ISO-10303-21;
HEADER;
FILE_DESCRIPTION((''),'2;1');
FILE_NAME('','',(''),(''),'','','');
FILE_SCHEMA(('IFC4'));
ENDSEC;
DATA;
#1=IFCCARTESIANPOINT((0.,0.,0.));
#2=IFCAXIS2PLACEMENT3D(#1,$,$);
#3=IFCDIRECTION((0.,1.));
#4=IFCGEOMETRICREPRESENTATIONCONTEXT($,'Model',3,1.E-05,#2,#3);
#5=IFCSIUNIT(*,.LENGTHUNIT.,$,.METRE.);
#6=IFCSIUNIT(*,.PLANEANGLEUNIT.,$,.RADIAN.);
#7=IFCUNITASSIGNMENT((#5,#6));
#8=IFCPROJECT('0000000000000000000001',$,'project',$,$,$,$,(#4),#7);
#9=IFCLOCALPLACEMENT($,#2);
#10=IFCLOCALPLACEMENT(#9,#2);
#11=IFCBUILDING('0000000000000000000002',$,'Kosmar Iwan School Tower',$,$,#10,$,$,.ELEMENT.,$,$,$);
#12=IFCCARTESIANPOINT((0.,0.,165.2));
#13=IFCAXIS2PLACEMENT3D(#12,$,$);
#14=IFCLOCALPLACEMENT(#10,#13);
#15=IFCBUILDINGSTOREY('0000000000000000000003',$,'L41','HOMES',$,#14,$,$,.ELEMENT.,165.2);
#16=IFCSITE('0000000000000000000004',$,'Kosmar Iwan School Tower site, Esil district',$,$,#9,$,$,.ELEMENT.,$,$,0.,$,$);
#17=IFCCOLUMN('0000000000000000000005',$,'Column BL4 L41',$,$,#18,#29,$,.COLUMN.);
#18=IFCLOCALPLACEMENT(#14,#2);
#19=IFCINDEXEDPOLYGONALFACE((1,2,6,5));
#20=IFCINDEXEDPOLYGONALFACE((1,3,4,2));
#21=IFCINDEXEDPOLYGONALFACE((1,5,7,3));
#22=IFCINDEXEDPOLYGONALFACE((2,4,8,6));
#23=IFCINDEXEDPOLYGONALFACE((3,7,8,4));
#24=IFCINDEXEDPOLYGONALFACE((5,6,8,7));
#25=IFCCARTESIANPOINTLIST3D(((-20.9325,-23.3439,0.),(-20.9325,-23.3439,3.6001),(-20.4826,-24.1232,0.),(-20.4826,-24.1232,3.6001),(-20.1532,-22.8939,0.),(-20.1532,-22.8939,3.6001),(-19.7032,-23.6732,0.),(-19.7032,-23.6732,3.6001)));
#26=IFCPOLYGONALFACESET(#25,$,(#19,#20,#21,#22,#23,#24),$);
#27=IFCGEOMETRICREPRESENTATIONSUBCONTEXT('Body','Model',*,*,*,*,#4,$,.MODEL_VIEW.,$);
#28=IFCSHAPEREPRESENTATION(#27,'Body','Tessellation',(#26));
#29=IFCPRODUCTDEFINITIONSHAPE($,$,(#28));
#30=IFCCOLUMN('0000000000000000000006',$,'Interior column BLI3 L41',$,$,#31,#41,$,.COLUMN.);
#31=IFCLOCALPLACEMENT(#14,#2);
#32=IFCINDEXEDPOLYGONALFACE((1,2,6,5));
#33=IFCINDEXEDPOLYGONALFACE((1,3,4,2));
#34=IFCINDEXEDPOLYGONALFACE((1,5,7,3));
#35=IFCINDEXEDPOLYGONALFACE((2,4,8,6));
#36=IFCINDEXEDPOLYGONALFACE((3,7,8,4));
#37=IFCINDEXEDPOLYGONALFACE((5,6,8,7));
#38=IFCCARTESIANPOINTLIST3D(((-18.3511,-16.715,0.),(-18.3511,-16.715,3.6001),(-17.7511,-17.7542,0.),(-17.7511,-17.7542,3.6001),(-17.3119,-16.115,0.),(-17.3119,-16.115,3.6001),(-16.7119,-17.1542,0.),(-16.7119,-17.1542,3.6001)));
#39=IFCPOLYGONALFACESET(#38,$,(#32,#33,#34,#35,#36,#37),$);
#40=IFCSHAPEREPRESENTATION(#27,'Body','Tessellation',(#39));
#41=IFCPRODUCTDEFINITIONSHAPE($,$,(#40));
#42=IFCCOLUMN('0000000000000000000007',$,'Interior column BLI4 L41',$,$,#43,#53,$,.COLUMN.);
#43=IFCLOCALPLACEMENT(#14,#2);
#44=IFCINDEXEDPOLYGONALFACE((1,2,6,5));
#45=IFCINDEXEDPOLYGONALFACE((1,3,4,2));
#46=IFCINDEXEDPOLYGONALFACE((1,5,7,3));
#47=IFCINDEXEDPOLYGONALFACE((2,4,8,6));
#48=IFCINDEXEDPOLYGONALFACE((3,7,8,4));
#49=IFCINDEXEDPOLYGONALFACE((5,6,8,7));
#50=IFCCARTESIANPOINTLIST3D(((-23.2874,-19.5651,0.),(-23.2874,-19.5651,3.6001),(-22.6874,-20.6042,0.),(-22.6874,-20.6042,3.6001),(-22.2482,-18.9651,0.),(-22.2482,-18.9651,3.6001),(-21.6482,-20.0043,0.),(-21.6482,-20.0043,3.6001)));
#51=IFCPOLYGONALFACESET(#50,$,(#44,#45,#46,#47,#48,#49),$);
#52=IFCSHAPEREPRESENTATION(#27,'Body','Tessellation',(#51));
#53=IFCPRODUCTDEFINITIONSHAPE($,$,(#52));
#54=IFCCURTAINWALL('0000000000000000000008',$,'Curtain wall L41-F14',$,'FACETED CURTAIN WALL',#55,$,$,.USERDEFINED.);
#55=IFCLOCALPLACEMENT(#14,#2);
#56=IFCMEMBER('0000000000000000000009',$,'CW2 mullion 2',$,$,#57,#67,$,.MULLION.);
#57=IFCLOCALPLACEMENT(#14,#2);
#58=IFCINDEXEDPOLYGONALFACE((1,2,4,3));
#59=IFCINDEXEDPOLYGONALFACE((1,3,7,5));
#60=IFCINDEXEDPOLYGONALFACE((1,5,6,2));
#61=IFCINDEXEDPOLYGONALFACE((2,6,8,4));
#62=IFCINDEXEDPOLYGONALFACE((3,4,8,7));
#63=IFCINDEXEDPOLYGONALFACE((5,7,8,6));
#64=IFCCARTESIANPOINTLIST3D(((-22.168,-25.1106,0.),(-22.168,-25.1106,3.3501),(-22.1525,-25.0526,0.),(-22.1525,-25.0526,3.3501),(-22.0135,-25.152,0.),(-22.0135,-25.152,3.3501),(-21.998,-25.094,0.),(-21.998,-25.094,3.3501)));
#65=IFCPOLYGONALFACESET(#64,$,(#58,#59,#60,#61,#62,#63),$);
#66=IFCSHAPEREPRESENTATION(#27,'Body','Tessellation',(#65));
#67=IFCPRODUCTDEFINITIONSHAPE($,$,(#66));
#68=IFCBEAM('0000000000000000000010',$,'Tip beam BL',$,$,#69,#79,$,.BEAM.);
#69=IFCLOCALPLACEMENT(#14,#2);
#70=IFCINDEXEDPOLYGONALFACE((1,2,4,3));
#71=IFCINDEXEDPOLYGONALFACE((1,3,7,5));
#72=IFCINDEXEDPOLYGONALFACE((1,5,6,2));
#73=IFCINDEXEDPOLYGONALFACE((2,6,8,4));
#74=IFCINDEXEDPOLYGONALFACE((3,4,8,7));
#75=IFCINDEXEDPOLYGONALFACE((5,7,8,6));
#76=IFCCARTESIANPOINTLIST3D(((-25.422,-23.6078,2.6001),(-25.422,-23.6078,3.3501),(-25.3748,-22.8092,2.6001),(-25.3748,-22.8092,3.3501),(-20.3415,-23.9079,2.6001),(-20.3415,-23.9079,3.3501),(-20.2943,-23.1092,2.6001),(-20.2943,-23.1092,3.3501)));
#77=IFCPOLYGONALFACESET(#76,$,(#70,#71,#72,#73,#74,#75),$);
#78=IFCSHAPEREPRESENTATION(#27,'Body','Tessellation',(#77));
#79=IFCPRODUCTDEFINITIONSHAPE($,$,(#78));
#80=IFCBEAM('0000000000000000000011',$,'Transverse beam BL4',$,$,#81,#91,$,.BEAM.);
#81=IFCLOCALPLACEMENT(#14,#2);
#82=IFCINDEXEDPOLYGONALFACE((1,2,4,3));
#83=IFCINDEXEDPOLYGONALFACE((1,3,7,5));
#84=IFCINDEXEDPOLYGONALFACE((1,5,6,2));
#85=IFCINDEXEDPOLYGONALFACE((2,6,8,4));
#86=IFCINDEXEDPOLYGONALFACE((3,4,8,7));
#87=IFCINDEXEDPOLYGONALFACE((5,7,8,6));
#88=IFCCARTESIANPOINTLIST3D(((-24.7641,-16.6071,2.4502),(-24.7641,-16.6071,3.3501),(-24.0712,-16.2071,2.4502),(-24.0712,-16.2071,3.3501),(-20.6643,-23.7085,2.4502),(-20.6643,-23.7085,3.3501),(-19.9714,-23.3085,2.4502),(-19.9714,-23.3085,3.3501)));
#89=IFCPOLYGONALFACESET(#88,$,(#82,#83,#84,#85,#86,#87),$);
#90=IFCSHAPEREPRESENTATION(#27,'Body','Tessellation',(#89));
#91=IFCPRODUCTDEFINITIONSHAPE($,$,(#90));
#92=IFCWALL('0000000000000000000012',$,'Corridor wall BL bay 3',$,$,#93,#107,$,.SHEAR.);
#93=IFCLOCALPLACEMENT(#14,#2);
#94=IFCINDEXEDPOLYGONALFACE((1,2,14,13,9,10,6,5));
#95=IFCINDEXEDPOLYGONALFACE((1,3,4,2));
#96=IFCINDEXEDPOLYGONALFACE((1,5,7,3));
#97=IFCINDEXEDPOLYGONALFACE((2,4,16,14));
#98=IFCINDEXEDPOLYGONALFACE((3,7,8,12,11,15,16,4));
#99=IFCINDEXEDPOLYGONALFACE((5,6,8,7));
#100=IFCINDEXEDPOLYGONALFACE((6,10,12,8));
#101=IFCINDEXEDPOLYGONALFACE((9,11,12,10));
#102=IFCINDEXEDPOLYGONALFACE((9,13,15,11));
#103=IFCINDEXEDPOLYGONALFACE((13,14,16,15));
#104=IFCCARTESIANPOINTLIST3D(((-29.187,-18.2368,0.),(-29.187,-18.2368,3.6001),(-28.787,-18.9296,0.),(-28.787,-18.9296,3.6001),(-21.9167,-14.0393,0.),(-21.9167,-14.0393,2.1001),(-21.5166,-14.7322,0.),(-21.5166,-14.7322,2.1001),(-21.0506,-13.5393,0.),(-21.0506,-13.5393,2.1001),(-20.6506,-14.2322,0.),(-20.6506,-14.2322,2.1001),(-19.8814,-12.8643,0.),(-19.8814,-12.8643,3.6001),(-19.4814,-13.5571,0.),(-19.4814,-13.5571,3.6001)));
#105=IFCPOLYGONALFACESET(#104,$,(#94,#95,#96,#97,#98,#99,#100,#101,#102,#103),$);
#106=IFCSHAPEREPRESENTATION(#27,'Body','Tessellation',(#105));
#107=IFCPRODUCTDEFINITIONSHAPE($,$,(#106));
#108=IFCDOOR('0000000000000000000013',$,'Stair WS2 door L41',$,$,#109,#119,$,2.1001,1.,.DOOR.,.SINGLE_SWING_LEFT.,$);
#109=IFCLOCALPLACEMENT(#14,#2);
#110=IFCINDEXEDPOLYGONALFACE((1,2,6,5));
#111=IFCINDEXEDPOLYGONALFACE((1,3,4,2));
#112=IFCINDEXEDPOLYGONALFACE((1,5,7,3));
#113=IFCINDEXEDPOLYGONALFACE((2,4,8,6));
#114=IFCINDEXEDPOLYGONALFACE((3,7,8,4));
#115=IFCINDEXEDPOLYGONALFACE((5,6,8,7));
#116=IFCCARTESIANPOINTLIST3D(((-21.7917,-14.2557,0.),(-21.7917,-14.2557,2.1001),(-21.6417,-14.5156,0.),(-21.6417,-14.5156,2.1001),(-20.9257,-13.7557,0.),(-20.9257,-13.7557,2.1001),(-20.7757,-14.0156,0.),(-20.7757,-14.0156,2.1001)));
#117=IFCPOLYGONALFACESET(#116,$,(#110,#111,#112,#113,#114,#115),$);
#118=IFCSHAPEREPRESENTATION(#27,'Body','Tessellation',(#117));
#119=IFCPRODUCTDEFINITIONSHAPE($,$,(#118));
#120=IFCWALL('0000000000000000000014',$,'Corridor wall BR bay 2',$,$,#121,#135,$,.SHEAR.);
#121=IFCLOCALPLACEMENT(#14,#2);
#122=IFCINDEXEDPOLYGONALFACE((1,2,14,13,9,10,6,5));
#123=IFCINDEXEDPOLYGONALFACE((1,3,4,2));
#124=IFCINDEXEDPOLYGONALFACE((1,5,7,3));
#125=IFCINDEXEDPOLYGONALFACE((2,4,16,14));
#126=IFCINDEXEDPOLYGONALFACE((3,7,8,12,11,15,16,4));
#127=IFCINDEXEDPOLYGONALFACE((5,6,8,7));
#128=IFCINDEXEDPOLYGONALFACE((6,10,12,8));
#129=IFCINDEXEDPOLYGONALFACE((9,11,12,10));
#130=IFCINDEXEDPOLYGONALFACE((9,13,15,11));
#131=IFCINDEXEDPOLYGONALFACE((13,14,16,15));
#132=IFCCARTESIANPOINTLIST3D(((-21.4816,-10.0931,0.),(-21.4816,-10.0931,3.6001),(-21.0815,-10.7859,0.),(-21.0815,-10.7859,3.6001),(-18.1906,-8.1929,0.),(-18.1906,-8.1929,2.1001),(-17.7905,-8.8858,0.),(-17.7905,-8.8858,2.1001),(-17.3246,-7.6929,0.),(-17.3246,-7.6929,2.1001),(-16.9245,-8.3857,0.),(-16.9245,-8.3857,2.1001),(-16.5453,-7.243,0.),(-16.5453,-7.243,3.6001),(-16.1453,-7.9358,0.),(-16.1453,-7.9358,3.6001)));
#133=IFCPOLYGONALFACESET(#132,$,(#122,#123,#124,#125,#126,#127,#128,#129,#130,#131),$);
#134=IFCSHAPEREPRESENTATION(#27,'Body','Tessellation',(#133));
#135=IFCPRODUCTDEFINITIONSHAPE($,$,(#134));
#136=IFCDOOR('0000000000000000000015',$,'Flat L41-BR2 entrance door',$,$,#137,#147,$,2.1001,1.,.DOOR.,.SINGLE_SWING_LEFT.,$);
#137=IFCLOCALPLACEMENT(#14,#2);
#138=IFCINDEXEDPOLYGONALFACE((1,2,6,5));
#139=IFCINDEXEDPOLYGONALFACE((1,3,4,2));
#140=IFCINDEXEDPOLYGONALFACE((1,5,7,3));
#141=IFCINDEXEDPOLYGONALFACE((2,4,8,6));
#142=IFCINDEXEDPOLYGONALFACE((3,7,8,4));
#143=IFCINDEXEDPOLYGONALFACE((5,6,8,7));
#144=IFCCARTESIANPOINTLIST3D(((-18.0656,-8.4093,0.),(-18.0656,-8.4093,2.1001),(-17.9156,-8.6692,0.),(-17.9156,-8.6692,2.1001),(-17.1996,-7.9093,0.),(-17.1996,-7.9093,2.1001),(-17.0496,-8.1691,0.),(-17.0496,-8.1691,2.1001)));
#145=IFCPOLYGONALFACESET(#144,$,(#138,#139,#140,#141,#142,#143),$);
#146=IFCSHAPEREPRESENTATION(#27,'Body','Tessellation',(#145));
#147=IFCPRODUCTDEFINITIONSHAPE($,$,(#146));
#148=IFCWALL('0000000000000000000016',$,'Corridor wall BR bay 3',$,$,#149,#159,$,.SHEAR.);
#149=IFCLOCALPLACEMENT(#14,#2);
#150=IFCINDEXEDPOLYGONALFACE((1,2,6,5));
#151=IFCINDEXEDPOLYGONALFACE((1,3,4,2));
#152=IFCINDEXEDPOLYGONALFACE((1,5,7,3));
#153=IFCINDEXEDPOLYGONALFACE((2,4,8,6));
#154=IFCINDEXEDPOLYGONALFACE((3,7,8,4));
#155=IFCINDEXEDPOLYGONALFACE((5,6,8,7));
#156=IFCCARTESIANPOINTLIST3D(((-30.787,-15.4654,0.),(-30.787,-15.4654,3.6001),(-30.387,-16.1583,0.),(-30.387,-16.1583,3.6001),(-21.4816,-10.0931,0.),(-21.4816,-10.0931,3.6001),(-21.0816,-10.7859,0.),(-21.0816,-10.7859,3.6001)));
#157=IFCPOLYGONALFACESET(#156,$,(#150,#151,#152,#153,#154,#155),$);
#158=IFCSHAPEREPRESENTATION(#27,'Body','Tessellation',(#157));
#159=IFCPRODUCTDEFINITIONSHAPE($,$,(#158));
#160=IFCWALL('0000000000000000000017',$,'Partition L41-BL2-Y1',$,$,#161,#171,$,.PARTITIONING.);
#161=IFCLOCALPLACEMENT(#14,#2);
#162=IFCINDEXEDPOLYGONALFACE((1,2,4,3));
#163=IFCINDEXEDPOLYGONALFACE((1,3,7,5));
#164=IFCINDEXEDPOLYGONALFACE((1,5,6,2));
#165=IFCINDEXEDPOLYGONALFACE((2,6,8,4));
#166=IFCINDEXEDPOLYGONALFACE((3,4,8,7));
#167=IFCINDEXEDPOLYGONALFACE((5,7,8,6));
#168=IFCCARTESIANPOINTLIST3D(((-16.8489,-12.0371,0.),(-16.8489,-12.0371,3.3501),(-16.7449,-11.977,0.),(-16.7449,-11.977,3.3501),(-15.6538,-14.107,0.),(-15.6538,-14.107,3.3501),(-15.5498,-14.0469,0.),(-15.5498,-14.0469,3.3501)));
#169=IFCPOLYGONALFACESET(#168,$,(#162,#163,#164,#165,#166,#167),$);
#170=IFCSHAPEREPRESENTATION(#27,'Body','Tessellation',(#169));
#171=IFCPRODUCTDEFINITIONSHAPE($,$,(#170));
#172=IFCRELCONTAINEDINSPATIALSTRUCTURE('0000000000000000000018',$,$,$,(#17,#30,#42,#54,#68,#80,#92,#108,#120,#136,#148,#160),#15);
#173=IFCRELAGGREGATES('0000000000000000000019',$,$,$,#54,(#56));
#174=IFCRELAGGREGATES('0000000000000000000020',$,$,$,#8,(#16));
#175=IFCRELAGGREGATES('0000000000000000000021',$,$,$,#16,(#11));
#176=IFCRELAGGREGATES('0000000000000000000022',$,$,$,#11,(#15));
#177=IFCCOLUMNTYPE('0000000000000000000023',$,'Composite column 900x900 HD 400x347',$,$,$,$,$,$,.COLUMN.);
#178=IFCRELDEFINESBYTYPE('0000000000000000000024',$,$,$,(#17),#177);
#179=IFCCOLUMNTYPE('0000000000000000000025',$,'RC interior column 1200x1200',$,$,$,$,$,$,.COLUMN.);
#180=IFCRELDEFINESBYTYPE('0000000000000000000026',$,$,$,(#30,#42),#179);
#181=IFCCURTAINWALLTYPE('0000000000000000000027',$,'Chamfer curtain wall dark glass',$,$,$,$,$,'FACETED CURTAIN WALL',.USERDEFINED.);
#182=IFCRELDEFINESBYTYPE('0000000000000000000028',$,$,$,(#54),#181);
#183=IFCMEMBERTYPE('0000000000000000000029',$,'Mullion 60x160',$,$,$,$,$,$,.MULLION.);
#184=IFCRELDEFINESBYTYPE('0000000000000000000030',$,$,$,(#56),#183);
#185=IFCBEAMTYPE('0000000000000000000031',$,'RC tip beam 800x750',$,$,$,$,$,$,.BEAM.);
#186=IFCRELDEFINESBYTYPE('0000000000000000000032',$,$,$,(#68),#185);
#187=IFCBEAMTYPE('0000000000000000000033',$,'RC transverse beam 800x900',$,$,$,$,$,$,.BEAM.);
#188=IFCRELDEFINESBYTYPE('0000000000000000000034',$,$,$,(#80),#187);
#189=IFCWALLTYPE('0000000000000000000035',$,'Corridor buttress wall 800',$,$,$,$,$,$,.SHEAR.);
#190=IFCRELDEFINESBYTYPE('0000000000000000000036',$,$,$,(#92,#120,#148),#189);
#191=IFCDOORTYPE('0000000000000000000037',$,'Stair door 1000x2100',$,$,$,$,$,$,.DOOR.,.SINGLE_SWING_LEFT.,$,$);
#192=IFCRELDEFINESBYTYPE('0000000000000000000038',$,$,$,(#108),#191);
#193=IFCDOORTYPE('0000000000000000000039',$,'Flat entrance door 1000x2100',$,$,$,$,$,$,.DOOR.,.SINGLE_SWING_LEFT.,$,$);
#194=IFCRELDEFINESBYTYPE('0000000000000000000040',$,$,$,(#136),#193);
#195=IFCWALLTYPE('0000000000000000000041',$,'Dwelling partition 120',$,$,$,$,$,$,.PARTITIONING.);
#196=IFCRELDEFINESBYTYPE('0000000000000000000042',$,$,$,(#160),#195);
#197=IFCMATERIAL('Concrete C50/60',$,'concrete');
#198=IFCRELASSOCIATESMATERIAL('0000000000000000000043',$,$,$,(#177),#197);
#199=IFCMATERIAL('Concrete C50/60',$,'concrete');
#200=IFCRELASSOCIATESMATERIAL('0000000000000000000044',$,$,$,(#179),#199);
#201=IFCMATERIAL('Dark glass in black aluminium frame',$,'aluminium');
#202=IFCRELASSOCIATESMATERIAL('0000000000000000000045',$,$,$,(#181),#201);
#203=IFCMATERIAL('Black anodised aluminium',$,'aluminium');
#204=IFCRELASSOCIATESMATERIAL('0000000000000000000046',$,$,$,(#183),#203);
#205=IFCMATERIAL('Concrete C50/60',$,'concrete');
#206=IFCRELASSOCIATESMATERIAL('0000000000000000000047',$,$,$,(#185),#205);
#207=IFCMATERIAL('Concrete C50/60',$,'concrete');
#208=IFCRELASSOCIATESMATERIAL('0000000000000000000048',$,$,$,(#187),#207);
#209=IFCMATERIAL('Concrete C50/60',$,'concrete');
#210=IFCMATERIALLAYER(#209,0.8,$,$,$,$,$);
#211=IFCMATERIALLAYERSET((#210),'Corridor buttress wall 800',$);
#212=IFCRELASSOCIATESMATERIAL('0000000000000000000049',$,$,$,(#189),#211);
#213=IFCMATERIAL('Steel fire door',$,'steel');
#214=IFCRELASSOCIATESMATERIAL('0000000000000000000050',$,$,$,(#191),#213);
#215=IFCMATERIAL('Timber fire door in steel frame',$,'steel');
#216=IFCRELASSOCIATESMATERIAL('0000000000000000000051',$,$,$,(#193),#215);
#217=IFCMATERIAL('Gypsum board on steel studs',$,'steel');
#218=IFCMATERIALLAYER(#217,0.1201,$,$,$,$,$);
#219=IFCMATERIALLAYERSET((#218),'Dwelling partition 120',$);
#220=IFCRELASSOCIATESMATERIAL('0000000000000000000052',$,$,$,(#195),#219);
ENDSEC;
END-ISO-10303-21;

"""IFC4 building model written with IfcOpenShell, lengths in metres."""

from ifc_helpers import new_model, si_unit, direction, frame, frame_2d, origin, origin_2d, place, context, subcontext, project, spatial, rectangle, extrude, material, layer, layer_set, material_profile, profile_set, type_object, element, fill, aggregate, save


model = new_model("IFC4")

# Units and contexts
model_context = context("Model", 3, precision=1e-05, world=origin(), true_north=direction((0.0, 1.0)))
body_context = subcontext(model_context, "Body", "Model", "MODEL_VIEW")
ifc_project = project(units=[si_unit("LENGTHUNIT", "METRE"), si_unit("PLANEANGLEUNIT", "RADIAN")], contexts=[model_context])

# Site, building, storey
site_placement = place(None, origin())
site = spatial("IfcSite", under=ifc_project, at=site_placement, Name="Kosmar Iwan School Tower site, Esil district", CompositionType="ELEMENT", RefElevation=0.0)
building_placement = place(site_placement, origin())
building = spatial("IfcBuilding", under=site, at=building_placement, Name="Kosmar Iwan School Tower", CompositionType="ELEMENT")
storey_placement = place(building_placement, frame((0.0, 0.0, 165.2)))
storey = spatial("IfcBuildingStorey", under=building, at=storey_placement, Name="L41", Description="HOMES", CompositionType="ELEMENT", Elevation=165.2)

# Columns
ifc_material_1 = material(Name="Concrete C50/60", Category="concrete")
ifc_material_profile_1 = material_profile(ifc_material_1, rectangle(XDim=0.8999, YDim=0.8999, at=origin_2d()), Name="RC 900x900 + HD 400x347")
ifc_profile_set_1 = profile_set([ifc_material_profile_1], Name="Concrete C50/60")
column_type_1 = type_object("IfcColumnType", Name="Composite column 900x900 HD 400x347", PredefinedType="COLUMN", material=ifc_profile_set_1)
column_placement = place(storey_placement, frame((-20.3179, -23.5085, 0.0), z_axis=(0.0, 0.0, 1.0), x_axis=(-0.866025, -0.5, 0.0)))
element("IfcColumn", 1, at=column_placement, inside=storey, type_object=column_type_1, Name="Column BL4 L41", PredefinedType="COLUMN", context=body_context, shape_type="SweptSolid", body=[
    extrude(rectangle(XDim=0.8999, YDim=0.8999, at=origin_2d()), origin(), (0.0, 0.0, 1.0), 3.6001),
])
ifc_material_2 = material(Name="Concrete C50/60", Category="concrete")
ifc_material_profile_2 = material_profile(ifc_material_2, rectangle(XDim=1.2, YDim=1.2, at=origin_2d()), Name="RC 1200x1200")
ifc_profile_set_2 = profile_set([ifc_material_profile_2], Name="Concrete C50/60")
column_type_2 = type_object("IfcColumnType", Name="RC interior column 1200x1200", PredefinedType="COLUMN", material=ifc_profile_set_2)
for number, where, z_axis, x_axis, name in (
    (2, (-17.5315, -16.9346, 0.0), (0.0, 0.0, 1.0), (-0.866025, -0.5, 0.0), "Interior column BLI3 L41"),
    (3, (-22.4678, -19.7847, 0.0), (0.0, 0.0, 1.0), (-0.866025, -0.5, 0.0), "Interior column BLI4 L41"),
):
    element("IfcColumn", number, at=place(storey_placement, frame(where, z_axis=z_axis, x_axis=x_axis)), inside=storey, type_object=column_type_2, Name=name, PredefinedType="COLUMN", context=body_context, shape_type="SweptSolid", body=[
        extrude(rectangle(XDim=1.2, YDim=1.2, at=origin_2d()), origin(), (0.0, 0.0, 1.0), 3.6001),
    ])

# Curtain wall, member
ifc_material_3 = material(Name="Dark glass in black aluminium frame", Category="aluminium")
curtain_wall_type = type_object("IfcCurtainWallType", Name="Chamfer curtain wall dark glass", ElementType="FACETED CURTAIN WALL", PredefinedType="USERDEFINED", material=ifc_material_3)
curtain_wall_placement = place(storey_placement, origin())
curtain_wall = element("IfcCurtainWall", 4, at=curtain_wall_placement, inside=storey, type_object=curtain_wall_type, Name="Curtain wall L41-F14", ObjectType="FACETED CURTAIN WALL", PredefinedType="USERDEFINED")
ifc_material_4 = material(Name="Black anodised aluminium", Category="aluminium")
ifc_material_profile_3 = material_profile(ifc_material_4, rectangle(XDim=0.0601, YDim=0.1599, at=origin_2d()), Name="MULLION 60x160")
ifc_profile_set_3 = profile_set([ifc_material_profile_3], Name="Black anodised aluminium")
member_type = type_object("IfcMemberType", Name="Mullion 60x160", PredefinedType="MULLION", material=ifc_profile_set_3)
member_placement = place(storey_placement, frame((-22.083, -25.1023, 0.0), z_axis=(0.0, 0.0, 1.0), x_axis=(0.258819, 0.965926, 0.0)))
member = element("IfcMember", 5, at=member_placement, type_object=member_type, Name="CW2 mullion 2", PredefinedType="MULLION", context=body_context, shape_type="SweptSolid", body=[
    extrude(rectangle(XDim=0.0601, YDim=0.1599, at=origin_2d()), origin(), (0.0, 0.0, 1.0), 3.3501),
])
aggregate(curtain_wall, [member])

# Beams
ifc_material_5 = material(Name="Concrete C50/60", Category="concrete")
ifc_material_profile_4 = material_profile(ifc_material_5, rectangle(XDim=0.8, YDim=0.75, at=origin_2d()), Name="RC 800x750")
ifc_profile_set_4 = profile_set([ifc_material_profile_4], Name="Concrete C50/60")
beam_type_1 = type_object("IfcBeamType", Name="RC tip beam 800x750", PredefinedType="BEAM", material=ifc_profile_set_4)
beam_1_placement = place(storey_placement, frame((-20.3179, -23.5085, 2.9751), z_axis=(-0.998261, 0.058955, 0.0), x_axis=(-0.058955, -0.998261, 0.0)))
element("IfcBeam", 6, at=beam_1_placement, inside=storey, type_object=beam_type_1, Name="Tip beam BL", PredefinedType="BEAM", context=body_context, shape_type="SweptSolid", body=[
    extrude(rectangle(XDim=0.8, YDim=0.75, at=origin_2d()), origin(), (0.0, 0.0, 1.0), 5.0894),
])
ifc_material_6 = material(Name="Concrete C50/60", Category="concrete")
ifc_material_profile_5 = material_profile(ifc_material_6, rectangle(XDim=0.8, YDim=0.8999, at=origin_2d()), Name="RC 800x900")
ifc_profile_set_5 = profile_set([ifc_material_profile_5], Name="Concrete C50/60")
beam_type_2 = type_object("IfcBeamType", Name="RC transverse beam 800x900", PredefinedType="BEAM", material=ifc_profile_set_5)
beam_2_placement = place(storey_placement, frame((-20.3179, -23.5085, 2.9001), z_axis=(-0.499978, 0.866038, 0.0), x_axis=(-0.866038, -0.499978, 0.0)))
element("IfcBeam", 7, at=beam_2_placement, inside=storey, type_object=beam_type_2, Name="Transverse beam BL4", PredefinedType="BEAM", context=body_context, shape_type="SweptSolid", body=[
    extrude(rectangle(XDim=0.8, YDim=0.8999, at=origin_2d()), origin(), (0.0, 0.0, 1.0), 8.2),
])

# Walls, openings, doors
ifc_material_7 = material(Name="Concrete C50/60", Category="concrete")
ifc_layer_1 = layer(ifc_material_7, 0.8)
ifc_layer_set_1 = layer_set([ifc_layer_1], Name="Corridor buttress wall 800")
wall_type_1 = type_object("IfcWallType", Name="Corridor buttress wall 800", PredefinedType="SHEAR", material=ifc_layer_set_1)
wall_1_placement = place(storey_placement, frame((-19.6814, -13.2107, 0.0), z_axis=(0.0, 0.0, 1.0), x_axis=(-0.866028, -0.499995, 0.0)))
wall_1 = element("IfcWall", 8, at=wall_1_placement, inside=storey, type_object=wall_type_1, Name="Corridor wall BL bay 3", PredefinedType="SHEAR", context=body_context, shape_type="SweptSolid", body=[
    extrude(rectangle(XDim=10.7451, YDim=0.8, at=frame_2d((5.3726, 0.0))), origin(), (0.0, 0.0, 1.0), 3.6001),
])
opening_1_placement = place(wall_1_placement, frame((1.3501, 0.0, 0.0)))
opening_1 = element("IfcOpeningElement", 9, at=opening_1_placement, cuts=wall_1, PredefinedType="OPENING", context=body_context, shape_type="SweptSolid", body=[
    extrude(rectangle(XDim=1.0, YDim=2.1001, at=frame_2d((0.5, 1.05))), frame((0.0, 0.4121, 0.0), z_axis=(0.0, -1.0, 0.0), x_axis=(1.0, 0.0, 0.0)), (0.0, 0.0, 1.0), 0.824),
])
ifc_material_8 = material(Name="Steel fire door", Category="steel")
door_type_1 = type_object("IfcDoorType", Name="Stair door 1000x2100", OperationType="SINGLE_SWING_LEFT", PredefinedType="DOOR", material=ifc_material_8)
door_1_placement = place(opening_1_placement, origin())
door_1 = element("IfcDoor", 10, at=door_1_placement, inside=storey, type_object=door_type_1, Name="Stair WS2 door L41", OperationType="SINGLE_SWING_LEFT", OverallHeight=2.1001, OverallWidth=1.0, PredefinedType="DOOR", context=body_context, shape_type="SweptSolid", body=[
    extrude(rectangle(XDim=1.0, YDim=2.1001, at=frame_2d((0.5, 1.05))), frame((0.0, 0.1499, 0.0), z_axis=(0.0, -1.0, 0.0), x_axis=(1.0, 0.0, 0.0)), (0.0, 0.0, 1.0), 0.3),
])
fill(opening_1, door_1)
wall_2_placement = place(storey_placement, frame((-16.3452, -7.5894, 0.0), z_axis=(0.0, 0.0, 1.0), x_axis=(-0.866015, -0.500018, 0.0)))
wall_2 = element("IfcWall", 11, at=wall_2_placement, inside=storey, type_object=wall_type_1, Name="Corridor wall BR bay 2", PredefinedType="SHEAR", context=body_context, shape_type="SweptSolid", body=[
    extrude(rectangle(XDim=5.7, YDim=0.8, at=frame_2d((2.8501, 0.0))), origin(), (0.0, 0.0, 1.0), 3.6001),
])
opening_2_placement = place(wall_2_placement, frame((0.8999, 0.0, 0.0)))
opening_2 = element("IfcOpeningElement", 12, at=opening_2_placement, cuts=wall_2, PredefinedType="OPENING", context=body_context, shape_type="SweptSolid", body=[
    extrude(rectangle(XDim=1.0, YDim=2.1001, at=frame_2d((0.5, 1.05))), frame((0.0, 0.4121, 0.0), z_axis=(0.0, -1.0, 0.0), x_axis=(1.0, 0.0, 0.0)), (0.0, 0.0, 1.0), 0.824),
])
ifc_material_9 = material(Name="Timber fire door in steel frame", Category="steel")
door_type_2 = type_object("IfcDoorType", Name="Flat entrance door 1000x2100", OperationType="SINGLE_SWING_LEFT", PredefinedType="DOOR", material=ifc_material_9)
door_2_placement = place(opening_2_placement, origin())
door_2 = element("IfcDoor", 13, at=door_2_placement, inside=storey, type_object=door_type_2, Name="Flat L41-BR2 entrance door", OperationType="SINGLE_SWING_LEFT", OverallHeight=2.1001, OverallWidth=1.0, PredefinedType="DOOR", context=body_context, shape_type="SweptSolid", body=[
    extrude(rectangle(XDim=1.0, YDim=2.1001, at=frame_2d((0.5, 1.05))), frame((0.0, 0.1499, 0.0), z_axis=(0.0, -1.0, 0.0), x_axis=(1.0, 0.0, 0.0)), (0.0, 0.0, 1.0), 0.3),
])
fill(opening_2, door_2)

# Walls
wall_3_placement = place(storey_placement, frame((-21.2815, -10.4395, 0.0), z_axis=(0.0, 0.0, 1.0), x_axis=(-0.866032, -0.499988, 0.0)))
element("IfcWall", 14, at=wall_3_placement, inside=storey, type_object=wall_type_1, Name="Corridor wall BR bay 3", PredefinedType="SHEAR", context=body_context, shape_type="SweptSolid", body=[
    extrude(rectangle(XDim=10.7449, YDim=0.8, at=frame_2d((5.3726, 0.0))), origin(), (0.0, 0.0, 1.0), 3.6001),
])
ifc_material_10 = material(Name="Gypsum board on steel studs", Category="steel")
ifc_layer_2 = layer(ifc_material_10, 0.1201)
ifc_layer_set_2 = layer_set([ifc_layer_2], Name="Dwelling partition 120")
wall_type_2 = type_object("IfcWallType", Name="Dwelling partition 120", PredefinedType="PARTITIONING", material=ifc_layer_set_2)
for number, where, z_axis, x_axis, name in (
    (15, (-16.7969, -12.0071, 0.0), (0.0, 0.0, 1.0), (0.500017, -0.866015, 0.0), "Partition L41-BL2-Y1"),
):
    element("IfcWall", number, at=place(storey_placement, frame(where, z_axis=z_axis, x_axis=x_axis)), inside=storey, type_object=wall_type_2, Name=name, PredefinedType="PARTITIONING", context=body_context, shape_type="SweptSolid", body=[
        extrude(rectangle(XDim=2.3901, YDim=0.1201, at=frame_2d((1.1951, 0.0))), origin(), (0.0, 0.0, 1.0), 3.3501),
    ])

save(model, "model.ifc")
